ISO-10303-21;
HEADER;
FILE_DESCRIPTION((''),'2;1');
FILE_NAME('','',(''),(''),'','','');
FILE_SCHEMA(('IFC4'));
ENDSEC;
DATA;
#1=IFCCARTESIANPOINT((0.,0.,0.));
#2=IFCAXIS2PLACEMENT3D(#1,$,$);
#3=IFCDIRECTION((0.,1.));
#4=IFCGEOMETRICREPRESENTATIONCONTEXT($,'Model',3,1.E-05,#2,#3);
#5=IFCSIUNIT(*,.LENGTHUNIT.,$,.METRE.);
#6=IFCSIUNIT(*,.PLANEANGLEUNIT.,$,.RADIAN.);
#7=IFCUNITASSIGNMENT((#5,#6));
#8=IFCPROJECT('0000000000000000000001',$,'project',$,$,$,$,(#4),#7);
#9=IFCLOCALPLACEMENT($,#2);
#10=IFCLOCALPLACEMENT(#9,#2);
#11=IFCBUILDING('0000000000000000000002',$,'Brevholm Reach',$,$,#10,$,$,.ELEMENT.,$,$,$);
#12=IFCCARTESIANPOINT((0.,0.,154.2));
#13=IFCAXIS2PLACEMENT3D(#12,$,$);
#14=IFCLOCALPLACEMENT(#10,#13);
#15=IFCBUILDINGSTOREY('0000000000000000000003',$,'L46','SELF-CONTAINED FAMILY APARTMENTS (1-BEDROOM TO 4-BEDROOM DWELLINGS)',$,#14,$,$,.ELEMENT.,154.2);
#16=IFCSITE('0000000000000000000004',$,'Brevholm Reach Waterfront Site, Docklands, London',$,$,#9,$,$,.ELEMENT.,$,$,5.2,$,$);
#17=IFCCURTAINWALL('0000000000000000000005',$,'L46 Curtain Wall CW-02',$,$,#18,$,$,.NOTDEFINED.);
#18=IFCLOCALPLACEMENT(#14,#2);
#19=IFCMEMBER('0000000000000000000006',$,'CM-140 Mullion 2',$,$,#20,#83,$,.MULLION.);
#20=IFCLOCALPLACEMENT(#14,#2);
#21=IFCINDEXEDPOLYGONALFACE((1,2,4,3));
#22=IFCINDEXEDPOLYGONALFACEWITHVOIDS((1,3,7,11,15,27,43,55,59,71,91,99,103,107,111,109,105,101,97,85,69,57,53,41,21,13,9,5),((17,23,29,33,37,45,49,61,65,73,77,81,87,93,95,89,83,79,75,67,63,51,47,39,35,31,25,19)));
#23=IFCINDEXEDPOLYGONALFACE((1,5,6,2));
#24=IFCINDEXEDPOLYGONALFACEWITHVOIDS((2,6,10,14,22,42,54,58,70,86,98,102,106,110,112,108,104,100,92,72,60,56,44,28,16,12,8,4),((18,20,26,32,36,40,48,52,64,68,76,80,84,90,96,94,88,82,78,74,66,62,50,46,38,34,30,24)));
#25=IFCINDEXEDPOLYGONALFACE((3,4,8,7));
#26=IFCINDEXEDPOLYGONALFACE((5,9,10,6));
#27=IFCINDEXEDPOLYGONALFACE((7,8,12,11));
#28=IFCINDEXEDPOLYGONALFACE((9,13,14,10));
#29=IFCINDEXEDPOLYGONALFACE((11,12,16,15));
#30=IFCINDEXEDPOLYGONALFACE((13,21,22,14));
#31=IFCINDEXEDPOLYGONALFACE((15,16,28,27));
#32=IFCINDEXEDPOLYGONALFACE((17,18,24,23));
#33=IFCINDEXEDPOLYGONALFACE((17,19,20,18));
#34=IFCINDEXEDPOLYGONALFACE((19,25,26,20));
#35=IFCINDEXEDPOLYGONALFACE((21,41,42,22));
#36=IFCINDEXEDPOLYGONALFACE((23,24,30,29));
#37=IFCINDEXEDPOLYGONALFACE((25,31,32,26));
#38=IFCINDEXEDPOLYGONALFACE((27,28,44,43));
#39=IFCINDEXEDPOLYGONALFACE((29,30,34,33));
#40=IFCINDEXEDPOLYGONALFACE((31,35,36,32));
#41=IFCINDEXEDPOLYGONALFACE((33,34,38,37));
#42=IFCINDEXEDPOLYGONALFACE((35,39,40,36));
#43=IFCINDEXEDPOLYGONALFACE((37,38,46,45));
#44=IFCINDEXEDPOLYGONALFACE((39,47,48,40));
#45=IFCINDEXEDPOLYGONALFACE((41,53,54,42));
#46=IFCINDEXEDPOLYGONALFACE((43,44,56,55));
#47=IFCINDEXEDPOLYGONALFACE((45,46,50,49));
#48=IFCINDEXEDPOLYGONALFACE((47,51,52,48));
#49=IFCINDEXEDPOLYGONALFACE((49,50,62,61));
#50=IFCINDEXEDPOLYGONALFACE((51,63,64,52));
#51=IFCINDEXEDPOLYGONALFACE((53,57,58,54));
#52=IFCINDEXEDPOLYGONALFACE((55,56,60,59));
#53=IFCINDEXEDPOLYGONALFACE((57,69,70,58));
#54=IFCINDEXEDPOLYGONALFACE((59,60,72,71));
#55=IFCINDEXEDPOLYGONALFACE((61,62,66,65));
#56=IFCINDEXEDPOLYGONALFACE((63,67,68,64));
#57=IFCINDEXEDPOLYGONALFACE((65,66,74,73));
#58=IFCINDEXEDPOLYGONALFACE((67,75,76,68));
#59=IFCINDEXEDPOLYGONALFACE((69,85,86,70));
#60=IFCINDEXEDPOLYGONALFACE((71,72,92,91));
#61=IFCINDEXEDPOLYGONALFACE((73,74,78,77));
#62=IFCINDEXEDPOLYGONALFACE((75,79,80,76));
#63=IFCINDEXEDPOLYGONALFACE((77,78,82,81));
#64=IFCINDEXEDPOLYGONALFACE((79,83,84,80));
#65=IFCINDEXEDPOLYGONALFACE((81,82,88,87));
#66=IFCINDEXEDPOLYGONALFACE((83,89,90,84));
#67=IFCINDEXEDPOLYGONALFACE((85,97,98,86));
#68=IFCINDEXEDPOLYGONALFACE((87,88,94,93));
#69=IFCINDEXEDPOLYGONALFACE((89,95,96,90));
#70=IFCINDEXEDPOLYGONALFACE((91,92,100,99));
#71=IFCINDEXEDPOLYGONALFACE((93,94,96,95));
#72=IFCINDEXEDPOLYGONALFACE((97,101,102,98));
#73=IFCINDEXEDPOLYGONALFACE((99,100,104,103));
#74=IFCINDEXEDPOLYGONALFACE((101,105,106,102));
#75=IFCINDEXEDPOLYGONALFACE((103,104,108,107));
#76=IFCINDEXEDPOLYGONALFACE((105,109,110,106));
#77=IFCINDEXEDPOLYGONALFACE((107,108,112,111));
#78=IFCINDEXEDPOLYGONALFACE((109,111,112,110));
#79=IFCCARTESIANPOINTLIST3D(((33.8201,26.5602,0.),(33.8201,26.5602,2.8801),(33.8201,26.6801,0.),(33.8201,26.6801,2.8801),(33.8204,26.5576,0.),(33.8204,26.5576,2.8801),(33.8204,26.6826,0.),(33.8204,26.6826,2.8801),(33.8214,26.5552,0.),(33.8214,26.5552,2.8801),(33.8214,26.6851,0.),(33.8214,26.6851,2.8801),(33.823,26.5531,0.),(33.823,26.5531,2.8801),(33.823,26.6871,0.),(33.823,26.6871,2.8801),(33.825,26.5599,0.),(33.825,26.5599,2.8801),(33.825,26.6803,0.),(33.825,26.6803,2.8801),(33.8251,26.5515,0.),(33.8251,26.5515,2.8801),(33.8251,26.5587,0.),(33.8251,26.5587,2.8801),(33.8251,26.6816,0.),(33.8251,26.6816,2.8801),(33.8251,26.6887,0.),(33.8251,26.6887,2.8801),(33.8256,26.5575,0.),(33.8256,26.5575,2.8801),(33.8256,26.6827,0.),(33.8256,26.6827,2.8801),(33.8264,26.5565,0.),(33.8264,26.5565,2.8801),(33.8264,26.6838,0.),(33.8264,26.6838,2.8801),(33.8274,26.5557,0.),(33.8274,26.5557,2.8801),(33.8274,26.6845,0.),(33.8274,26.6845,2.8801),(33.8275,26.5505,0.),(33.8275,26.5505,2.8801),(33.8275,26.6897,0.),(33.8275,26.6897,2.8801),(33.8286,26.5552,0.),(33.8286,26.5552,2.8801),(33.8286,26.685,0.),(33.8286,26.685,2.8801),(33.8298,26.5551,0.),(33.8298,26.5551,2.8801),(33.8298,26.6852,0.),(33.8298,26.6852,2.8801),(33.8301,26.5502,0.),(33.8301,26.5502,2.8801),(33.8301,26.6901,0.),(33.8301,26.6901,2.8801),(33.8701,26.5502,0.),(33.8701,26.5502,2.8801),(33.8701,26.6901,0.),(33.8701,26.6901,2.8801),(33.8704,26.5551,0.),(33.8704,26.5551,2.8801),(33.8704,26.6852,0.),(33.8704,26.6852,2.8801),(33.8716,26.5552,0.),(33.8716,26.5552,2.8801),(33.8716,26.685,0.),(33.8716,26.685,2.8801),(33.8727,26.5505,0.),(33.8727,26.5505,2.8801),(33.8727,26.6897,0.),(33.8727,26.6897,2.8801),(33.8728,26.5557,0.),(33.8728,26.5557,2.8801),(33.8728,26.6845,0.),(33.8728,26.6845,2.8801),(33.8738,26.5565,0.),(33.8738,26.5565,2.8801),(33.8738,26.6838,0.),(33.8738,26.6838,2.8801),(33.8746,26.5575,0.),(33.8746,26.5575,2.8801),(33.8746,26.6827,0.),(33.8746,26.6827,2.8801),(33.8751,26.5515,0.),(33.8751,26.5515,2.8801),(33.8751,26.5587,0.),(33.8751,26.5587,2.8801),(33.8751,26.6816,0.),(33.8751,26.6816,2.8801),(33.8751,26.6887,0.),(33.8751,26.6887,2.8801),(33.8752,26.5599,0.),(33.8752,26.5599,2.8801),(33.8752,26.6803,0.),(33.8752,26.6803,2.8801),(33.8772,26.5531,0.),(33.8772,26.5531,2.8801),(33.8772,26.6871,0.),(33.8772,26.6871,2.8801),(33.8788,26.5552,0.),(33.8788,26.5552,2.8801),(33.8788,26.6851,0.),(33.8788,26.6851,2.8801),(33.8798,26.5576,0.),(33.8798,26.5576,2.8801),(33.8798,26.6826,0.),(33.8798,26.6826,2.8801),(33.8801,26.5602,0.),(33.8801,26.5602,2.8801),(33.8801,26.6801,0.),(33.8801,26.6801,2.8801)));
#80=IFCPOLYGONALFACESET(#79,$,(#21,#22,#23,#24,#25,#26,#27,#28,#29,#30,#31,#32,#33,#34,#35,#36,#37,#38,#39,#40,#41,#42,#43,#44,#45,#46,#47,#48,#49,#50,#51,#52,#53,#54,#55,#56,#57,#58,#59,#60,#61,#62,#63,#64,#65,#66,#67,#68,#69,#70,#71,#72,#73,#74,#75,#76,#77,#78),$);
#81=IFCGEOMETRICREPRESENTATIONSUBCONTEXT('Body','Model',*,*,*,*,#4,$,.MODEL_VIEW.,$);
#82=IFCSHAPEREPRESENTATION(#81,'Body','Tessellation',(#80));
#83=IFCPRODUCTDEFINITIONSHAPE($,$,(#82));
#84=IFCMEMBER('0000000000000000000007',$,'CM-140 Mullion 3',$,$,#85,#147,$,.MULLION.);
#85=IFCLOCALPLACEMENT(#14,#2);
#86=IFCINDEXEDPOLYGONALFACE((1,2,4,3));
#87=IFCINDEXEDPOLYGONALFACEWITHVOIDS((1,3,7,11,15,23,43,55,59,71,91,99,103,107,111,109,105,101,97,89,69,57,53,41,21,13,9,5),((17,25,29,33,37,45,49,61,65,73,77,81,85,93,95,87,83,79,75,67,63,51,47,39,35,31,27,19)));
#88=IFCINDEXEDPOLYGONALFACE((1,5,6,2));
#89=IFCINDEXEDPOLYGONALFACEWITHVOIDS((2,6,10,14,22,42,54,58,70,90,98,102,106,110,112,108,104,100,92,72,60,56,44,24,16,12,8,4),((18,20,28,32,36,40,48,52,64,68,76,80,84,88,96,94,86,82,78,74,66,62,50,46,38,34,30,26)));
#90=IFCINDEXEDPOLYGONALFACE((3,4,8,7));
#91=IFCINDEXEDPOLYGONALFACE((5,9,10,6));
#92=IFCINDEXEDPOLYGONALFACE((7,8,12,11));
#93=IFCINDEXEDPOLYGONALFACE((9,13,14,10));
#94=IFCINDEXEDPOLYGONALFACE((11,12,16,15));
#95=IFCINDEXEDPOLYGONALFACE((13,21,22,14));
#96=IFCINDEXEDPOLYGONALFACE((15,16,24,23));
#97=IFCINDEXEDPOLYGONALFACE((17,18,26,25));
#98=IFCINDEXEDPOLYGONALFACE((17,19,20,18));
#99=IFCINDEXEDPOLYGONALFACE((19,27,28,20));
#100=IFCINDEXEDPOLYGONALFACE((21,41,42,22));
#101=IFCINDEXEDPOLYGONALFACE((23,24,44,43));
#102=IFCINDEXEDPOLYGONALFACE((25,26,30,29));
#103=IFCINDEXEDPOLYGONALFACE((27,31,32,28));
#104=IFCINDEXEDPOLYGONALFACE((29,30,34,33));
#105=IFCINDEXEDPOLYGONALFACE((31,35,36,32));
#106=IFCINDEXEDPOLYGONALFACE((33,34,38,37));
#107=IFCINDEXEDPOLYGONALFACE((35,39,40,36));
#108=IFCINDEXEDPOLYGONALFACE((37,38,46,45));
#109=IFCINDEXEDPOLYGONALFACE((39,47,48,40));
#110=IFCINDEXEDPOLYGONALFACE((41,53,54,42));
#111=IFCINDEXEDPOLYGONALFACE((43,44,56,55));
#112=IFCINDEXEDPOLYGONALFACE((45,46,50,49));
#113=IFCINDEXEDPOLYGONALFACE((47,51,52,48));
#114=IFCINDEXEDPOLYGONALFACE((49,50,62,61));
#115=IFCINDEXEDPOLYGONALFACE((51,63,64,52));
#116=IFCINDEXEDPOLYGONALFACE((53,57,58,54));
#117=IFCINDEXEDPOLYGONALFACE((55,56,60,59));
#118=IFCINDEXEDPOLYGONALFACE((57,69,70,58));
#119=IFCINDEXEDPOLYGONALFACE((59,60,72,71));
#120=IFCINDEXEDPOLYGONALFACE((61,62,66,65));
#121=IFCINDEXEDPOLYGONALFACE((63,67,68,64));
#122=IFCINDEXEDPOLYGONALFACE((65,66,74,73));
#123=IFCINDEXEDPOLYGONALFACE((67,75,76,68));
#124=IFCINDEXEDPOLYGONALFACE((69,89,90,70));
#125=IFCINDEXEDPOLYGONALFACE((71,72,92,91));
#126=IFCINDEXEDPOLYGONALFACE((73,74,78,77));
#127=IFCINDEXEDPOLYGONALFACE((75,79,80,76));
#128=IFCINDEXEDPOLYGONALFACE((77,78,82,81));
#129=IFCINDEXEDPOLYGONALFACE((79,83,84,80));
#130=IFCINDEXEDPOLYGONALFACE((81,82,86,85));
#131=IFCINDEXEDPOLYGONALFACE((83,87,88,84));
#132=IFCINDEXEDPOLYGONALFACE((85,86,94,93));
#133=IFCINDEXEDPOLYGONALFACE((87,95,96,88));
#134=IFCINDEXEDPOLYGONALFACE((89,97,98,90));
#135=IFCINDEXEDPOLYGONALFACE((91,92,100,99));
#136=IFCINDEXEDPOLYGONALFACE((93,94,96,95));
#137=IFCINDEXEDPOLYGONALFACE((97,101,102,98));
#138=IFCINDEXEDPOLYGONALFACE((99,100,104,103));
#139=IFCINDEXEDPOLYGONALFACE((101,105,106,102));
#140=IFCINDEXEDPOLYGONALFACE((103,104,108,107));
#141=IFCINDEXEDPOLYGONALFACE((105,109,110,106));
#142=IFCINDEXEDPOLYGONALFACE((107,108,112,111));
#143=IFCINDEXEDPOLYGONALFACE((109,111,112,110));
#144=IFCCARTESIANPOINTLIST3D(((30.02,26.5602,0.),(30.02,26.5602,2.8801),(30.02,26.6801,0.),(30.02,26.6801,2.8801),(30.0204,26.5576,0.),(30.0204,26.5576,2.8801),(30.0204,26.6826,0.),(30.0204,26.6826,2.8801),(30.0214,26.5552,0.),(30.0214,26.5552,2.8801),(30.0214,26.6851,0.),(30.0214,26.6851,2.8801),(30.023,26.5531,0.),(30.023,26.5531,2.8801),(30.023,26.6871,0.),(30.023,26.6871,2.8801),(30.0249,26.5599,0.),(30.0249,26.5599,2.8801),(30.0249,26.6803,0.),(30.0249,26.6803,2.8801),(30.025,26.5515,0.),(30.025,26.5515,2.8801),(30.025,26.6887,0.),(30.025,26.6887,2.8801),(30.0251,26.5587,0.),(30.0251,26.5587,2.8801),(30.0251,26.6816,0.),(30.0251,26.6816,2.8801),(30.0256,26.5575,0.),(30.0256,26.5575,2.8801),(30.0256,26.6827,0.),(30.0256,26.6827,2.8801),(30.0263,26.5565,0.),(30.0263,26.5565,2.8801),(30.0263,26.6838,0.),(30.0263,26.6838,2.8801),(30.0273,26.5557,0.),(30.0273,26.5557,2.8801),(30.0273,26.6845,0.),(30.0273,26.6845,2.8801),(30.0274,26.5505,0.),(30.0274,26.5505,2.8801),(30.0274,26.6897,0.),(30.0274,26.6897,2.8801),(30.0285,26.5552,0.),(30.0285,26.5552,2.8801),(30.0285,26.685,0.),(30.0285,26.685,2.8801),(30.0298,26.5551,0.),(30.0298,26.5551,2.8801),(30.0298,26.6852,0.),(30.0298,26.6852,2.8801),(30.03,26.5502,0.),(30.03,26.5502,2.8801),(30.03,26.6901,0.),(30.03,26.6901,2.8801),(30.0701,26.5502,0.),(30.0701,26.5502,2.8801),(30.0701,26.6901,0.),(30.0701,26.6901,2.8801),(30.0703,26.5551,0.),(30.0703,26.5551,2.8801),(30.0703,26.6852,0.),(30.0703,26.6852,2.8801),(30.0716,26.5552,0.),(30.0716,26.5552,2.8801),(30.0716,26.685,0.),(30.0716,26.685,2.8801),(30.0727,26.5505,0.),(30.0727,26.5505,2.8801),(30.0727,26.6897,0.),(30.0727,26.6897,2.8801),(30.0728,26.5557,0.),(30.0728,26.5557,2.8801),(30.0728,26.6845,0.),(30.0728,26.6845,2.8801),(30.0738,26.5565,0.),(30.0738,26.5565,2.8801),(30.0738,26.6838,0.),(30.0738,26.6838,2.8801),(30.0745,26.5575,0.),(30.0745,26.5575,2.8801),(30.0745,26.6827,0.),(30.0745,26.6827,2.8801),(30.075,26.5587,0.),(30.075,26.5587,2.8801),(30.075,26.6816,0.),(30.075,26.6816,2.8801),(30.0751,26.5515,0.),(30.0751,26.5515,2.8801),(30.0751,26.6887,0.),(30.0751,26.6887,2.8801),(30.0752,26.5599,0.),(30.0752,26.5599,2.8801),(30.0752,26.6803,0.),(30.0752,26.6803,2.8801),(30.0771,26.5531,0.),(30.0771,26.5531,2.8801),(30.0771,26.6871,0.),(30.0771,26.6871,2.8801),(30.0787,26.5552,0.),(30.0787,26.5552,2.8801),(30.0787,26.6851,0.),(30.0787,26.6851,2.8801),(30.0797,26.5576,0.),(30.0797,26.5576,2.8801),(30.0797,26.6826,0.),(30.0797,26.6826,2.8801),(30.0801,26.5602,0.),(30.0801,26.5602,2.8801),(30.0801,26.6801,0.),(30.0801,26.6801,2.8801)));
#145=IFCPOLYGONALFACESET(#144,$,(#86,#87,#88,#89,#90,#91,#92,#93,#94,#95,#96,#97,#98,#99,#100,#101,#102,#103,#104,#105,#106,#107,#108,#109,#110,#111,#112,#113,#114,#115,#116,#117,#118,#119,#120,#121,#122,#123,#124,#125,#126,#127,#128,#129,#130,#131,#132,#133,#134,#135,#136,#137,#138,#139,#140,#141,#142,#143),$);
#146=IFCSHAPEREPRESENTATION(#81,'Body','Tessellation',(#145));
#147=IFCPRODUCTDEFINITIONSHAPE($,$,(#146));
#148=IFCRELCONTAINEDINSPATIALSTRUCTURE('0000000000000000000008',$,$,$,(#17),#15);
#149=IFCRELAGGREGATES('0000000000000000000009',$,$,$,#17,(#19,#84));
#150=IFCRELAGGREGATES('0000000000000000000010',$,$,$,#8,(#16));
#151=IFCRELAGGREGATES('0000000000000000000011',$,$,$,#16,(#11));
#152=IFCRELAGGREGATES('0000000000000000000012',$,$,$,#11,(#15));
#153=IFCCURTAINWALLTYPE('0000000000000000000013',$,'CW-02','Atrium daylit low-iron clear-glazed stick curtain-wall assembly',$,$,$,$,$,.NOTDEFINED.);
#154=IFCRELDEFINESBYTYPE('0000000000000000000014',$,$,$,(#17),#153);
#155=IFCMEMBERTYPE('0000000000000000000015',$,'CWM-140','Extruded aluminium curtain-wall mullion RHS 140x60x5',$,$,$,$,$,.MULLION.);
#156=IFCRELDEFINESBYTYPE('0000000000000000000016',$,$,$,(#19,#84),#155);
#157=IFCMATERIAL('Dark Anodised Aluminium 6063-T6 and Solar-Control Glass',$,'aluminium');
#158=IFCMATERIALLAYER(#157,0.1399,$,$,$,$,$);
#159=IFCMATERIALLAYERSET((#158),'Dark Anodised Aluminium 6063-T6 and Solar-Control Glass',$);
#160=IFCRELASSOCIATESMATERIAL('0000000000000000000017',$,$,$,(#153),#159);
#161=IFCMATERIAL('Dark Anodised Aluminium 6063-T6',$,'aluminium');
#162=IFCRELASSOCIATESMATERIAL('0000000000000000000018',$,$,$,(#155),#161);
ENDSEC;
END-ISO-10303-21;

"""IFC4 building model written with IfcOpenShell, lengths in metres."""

from ifc_helpers import new_model, si_unit, direction, frame, origin, origin_2d, place, context, subcontext, project, spatial, hollow_rectangle, extrude, material, layer, layer_set, material_profile, profile_set, type_object, element, aggregate, save


model = new_model("IFC4")

# Units and contexts
model_context = context("Model", 3, precision=1e-05, world=origin(), true_north=direction((0.0, 1.0)))
body_context = subcontext(model_context, "Body", "Model", "MODEL_VIEW")
ifc_project = project(units=[si_unit("LENGTHUNIT", "METRE"), si_unit("PLANEANGLEUNIT", "RADIAN")], contexts=[model_context])

# Site, building, storey
site_placement = place(None, origin())
site = spatial("IfcSite", under=ifc_project, at=site_placement, Name="Brevholm Reach Waterfront Site, Docklands, London", CompositionType="ELEMENT", RefElevation=5.2)
building_placement = place(site_placement, origin())
building = spatial("IfcBuilding", under=site, at=building_placement, Name="Brevholm Reach", CompositionType="ELEMENT")
storey_placement = place(building_placement, frame((0.0, 0.0, 154.2)))
storey = spatial("IfcBuildingStorey", under=building, at=storey_placement, Name="L46", Description="SELF-CONTAINED FAMILY APARTMENTS (1-BEDROOM TO 4-BEDROOM DWELLINGS)", CompositionType="ELEMENT", Elevation=154.2)

# Shared definitions
ifc_material_1 = material(Name="Dark Anodised Aluminium 6063-T6 and Solar-Control Glass", Category="aluminium")
ifc_layer_1 = layer(ifc_material_1, 0.1399)
ifc_layer_set_1 = layer_set([ifc_layer_1], Name="Dark Anodised Aluminium 6063-T6 and Solar-Control Glass")
curtain_wall_type_1 = type_object("IfcCurtainWallType", Name="CW-02", Description="Atrium daylit low-iron clear-glazed stick curtain-wall assembly", PredefinedType="NOTDEFINED", material=ifc_layer_set_1)
ifc_material_2 = material(Name="Dark Anodised Aluminium 6063-T6", Category="aluminium")
ifc_material_profile_1 = material_profile(ifc_material_2, hollow_rectangle(XDim=0.0601, YDim=0.1399, WallThickness=0.0049, InnerFilletRadius=0.0049, OuterFilletRadius=0.01, at=origin_2d()), Name="RHS 140x60x5")
ifc_profile_set_1 = profile_set([ifc_material_profile_1], Name="Dark Anodised Aluminium 6063-T6")
member_type_1 = type_object("IfcMemberType", Name="CWM-140", Description="Extruded aluminium curtain-wall mullion RHS 140x60x5", PredefinedType="MULLION", material=ifc_profile_set_1)

# Curtain wall, members
curtain_wall_1_placement = place(storey_placement, origin())
curtain_wall_1 = element("IfcCurtainWall", 1, at=curtain_wall_1_placement, inside=storey, type_object=curtain_wall_type_1, Name="L46 Curtain Wall CW-02", PredefinedType="NOTDEFINED")
member_1_placement = place(storey_placement, frame((33.8501, 26.6201, 0.0), z_axis=(0.0, 0.0, 1.0), x_axis=(-1.0, 0.0, 0.0)))
member_1 = element("IfcMember", 2, at=member_1_placement, type_object=member_type_1, Name="CM-140 Mullion 2", PredefinedType="MULLION", context=body_context, shape_type="SweptSolid", body=[
    extrude(hollow_rectangle(XDim=0.0601, YDim=0.1399, WallThickness=0.0049, InnerFilletRadius=0.0049, OuterFilletRadius=0.01, at=origin_2d()), origin(), (0.0, 0.0, 1.0), 2.8801),
])
member_2_placement = place(storey_placement, frame((30.05, 26.6201, 0.0), z_axis=(0.0, 0.0, 1.0), x_axis=(-1.0, 0.0, 0.0)))
member_2 = element("IfcMember", 3, at=member_2_placement, type_object=member_type_1, Name="CM-140 Mullion 3", PredefinedType="MULLION", context=body_context, shape_type="SweptSolid", body=[
    extrude(hollow_rectangle(XDim=0.0601, YDim=0.1399, WallThickness=0.0049, InnerFilletRadius=0.0049, OuterFilletRadius=0.01, at=origin_2d()), origin(), (0.0, 0.0, 1.0), 2.8801),
])

aggregate(curtain_wall_1, [member_1, member_2])

save(model, "model.ifc")
